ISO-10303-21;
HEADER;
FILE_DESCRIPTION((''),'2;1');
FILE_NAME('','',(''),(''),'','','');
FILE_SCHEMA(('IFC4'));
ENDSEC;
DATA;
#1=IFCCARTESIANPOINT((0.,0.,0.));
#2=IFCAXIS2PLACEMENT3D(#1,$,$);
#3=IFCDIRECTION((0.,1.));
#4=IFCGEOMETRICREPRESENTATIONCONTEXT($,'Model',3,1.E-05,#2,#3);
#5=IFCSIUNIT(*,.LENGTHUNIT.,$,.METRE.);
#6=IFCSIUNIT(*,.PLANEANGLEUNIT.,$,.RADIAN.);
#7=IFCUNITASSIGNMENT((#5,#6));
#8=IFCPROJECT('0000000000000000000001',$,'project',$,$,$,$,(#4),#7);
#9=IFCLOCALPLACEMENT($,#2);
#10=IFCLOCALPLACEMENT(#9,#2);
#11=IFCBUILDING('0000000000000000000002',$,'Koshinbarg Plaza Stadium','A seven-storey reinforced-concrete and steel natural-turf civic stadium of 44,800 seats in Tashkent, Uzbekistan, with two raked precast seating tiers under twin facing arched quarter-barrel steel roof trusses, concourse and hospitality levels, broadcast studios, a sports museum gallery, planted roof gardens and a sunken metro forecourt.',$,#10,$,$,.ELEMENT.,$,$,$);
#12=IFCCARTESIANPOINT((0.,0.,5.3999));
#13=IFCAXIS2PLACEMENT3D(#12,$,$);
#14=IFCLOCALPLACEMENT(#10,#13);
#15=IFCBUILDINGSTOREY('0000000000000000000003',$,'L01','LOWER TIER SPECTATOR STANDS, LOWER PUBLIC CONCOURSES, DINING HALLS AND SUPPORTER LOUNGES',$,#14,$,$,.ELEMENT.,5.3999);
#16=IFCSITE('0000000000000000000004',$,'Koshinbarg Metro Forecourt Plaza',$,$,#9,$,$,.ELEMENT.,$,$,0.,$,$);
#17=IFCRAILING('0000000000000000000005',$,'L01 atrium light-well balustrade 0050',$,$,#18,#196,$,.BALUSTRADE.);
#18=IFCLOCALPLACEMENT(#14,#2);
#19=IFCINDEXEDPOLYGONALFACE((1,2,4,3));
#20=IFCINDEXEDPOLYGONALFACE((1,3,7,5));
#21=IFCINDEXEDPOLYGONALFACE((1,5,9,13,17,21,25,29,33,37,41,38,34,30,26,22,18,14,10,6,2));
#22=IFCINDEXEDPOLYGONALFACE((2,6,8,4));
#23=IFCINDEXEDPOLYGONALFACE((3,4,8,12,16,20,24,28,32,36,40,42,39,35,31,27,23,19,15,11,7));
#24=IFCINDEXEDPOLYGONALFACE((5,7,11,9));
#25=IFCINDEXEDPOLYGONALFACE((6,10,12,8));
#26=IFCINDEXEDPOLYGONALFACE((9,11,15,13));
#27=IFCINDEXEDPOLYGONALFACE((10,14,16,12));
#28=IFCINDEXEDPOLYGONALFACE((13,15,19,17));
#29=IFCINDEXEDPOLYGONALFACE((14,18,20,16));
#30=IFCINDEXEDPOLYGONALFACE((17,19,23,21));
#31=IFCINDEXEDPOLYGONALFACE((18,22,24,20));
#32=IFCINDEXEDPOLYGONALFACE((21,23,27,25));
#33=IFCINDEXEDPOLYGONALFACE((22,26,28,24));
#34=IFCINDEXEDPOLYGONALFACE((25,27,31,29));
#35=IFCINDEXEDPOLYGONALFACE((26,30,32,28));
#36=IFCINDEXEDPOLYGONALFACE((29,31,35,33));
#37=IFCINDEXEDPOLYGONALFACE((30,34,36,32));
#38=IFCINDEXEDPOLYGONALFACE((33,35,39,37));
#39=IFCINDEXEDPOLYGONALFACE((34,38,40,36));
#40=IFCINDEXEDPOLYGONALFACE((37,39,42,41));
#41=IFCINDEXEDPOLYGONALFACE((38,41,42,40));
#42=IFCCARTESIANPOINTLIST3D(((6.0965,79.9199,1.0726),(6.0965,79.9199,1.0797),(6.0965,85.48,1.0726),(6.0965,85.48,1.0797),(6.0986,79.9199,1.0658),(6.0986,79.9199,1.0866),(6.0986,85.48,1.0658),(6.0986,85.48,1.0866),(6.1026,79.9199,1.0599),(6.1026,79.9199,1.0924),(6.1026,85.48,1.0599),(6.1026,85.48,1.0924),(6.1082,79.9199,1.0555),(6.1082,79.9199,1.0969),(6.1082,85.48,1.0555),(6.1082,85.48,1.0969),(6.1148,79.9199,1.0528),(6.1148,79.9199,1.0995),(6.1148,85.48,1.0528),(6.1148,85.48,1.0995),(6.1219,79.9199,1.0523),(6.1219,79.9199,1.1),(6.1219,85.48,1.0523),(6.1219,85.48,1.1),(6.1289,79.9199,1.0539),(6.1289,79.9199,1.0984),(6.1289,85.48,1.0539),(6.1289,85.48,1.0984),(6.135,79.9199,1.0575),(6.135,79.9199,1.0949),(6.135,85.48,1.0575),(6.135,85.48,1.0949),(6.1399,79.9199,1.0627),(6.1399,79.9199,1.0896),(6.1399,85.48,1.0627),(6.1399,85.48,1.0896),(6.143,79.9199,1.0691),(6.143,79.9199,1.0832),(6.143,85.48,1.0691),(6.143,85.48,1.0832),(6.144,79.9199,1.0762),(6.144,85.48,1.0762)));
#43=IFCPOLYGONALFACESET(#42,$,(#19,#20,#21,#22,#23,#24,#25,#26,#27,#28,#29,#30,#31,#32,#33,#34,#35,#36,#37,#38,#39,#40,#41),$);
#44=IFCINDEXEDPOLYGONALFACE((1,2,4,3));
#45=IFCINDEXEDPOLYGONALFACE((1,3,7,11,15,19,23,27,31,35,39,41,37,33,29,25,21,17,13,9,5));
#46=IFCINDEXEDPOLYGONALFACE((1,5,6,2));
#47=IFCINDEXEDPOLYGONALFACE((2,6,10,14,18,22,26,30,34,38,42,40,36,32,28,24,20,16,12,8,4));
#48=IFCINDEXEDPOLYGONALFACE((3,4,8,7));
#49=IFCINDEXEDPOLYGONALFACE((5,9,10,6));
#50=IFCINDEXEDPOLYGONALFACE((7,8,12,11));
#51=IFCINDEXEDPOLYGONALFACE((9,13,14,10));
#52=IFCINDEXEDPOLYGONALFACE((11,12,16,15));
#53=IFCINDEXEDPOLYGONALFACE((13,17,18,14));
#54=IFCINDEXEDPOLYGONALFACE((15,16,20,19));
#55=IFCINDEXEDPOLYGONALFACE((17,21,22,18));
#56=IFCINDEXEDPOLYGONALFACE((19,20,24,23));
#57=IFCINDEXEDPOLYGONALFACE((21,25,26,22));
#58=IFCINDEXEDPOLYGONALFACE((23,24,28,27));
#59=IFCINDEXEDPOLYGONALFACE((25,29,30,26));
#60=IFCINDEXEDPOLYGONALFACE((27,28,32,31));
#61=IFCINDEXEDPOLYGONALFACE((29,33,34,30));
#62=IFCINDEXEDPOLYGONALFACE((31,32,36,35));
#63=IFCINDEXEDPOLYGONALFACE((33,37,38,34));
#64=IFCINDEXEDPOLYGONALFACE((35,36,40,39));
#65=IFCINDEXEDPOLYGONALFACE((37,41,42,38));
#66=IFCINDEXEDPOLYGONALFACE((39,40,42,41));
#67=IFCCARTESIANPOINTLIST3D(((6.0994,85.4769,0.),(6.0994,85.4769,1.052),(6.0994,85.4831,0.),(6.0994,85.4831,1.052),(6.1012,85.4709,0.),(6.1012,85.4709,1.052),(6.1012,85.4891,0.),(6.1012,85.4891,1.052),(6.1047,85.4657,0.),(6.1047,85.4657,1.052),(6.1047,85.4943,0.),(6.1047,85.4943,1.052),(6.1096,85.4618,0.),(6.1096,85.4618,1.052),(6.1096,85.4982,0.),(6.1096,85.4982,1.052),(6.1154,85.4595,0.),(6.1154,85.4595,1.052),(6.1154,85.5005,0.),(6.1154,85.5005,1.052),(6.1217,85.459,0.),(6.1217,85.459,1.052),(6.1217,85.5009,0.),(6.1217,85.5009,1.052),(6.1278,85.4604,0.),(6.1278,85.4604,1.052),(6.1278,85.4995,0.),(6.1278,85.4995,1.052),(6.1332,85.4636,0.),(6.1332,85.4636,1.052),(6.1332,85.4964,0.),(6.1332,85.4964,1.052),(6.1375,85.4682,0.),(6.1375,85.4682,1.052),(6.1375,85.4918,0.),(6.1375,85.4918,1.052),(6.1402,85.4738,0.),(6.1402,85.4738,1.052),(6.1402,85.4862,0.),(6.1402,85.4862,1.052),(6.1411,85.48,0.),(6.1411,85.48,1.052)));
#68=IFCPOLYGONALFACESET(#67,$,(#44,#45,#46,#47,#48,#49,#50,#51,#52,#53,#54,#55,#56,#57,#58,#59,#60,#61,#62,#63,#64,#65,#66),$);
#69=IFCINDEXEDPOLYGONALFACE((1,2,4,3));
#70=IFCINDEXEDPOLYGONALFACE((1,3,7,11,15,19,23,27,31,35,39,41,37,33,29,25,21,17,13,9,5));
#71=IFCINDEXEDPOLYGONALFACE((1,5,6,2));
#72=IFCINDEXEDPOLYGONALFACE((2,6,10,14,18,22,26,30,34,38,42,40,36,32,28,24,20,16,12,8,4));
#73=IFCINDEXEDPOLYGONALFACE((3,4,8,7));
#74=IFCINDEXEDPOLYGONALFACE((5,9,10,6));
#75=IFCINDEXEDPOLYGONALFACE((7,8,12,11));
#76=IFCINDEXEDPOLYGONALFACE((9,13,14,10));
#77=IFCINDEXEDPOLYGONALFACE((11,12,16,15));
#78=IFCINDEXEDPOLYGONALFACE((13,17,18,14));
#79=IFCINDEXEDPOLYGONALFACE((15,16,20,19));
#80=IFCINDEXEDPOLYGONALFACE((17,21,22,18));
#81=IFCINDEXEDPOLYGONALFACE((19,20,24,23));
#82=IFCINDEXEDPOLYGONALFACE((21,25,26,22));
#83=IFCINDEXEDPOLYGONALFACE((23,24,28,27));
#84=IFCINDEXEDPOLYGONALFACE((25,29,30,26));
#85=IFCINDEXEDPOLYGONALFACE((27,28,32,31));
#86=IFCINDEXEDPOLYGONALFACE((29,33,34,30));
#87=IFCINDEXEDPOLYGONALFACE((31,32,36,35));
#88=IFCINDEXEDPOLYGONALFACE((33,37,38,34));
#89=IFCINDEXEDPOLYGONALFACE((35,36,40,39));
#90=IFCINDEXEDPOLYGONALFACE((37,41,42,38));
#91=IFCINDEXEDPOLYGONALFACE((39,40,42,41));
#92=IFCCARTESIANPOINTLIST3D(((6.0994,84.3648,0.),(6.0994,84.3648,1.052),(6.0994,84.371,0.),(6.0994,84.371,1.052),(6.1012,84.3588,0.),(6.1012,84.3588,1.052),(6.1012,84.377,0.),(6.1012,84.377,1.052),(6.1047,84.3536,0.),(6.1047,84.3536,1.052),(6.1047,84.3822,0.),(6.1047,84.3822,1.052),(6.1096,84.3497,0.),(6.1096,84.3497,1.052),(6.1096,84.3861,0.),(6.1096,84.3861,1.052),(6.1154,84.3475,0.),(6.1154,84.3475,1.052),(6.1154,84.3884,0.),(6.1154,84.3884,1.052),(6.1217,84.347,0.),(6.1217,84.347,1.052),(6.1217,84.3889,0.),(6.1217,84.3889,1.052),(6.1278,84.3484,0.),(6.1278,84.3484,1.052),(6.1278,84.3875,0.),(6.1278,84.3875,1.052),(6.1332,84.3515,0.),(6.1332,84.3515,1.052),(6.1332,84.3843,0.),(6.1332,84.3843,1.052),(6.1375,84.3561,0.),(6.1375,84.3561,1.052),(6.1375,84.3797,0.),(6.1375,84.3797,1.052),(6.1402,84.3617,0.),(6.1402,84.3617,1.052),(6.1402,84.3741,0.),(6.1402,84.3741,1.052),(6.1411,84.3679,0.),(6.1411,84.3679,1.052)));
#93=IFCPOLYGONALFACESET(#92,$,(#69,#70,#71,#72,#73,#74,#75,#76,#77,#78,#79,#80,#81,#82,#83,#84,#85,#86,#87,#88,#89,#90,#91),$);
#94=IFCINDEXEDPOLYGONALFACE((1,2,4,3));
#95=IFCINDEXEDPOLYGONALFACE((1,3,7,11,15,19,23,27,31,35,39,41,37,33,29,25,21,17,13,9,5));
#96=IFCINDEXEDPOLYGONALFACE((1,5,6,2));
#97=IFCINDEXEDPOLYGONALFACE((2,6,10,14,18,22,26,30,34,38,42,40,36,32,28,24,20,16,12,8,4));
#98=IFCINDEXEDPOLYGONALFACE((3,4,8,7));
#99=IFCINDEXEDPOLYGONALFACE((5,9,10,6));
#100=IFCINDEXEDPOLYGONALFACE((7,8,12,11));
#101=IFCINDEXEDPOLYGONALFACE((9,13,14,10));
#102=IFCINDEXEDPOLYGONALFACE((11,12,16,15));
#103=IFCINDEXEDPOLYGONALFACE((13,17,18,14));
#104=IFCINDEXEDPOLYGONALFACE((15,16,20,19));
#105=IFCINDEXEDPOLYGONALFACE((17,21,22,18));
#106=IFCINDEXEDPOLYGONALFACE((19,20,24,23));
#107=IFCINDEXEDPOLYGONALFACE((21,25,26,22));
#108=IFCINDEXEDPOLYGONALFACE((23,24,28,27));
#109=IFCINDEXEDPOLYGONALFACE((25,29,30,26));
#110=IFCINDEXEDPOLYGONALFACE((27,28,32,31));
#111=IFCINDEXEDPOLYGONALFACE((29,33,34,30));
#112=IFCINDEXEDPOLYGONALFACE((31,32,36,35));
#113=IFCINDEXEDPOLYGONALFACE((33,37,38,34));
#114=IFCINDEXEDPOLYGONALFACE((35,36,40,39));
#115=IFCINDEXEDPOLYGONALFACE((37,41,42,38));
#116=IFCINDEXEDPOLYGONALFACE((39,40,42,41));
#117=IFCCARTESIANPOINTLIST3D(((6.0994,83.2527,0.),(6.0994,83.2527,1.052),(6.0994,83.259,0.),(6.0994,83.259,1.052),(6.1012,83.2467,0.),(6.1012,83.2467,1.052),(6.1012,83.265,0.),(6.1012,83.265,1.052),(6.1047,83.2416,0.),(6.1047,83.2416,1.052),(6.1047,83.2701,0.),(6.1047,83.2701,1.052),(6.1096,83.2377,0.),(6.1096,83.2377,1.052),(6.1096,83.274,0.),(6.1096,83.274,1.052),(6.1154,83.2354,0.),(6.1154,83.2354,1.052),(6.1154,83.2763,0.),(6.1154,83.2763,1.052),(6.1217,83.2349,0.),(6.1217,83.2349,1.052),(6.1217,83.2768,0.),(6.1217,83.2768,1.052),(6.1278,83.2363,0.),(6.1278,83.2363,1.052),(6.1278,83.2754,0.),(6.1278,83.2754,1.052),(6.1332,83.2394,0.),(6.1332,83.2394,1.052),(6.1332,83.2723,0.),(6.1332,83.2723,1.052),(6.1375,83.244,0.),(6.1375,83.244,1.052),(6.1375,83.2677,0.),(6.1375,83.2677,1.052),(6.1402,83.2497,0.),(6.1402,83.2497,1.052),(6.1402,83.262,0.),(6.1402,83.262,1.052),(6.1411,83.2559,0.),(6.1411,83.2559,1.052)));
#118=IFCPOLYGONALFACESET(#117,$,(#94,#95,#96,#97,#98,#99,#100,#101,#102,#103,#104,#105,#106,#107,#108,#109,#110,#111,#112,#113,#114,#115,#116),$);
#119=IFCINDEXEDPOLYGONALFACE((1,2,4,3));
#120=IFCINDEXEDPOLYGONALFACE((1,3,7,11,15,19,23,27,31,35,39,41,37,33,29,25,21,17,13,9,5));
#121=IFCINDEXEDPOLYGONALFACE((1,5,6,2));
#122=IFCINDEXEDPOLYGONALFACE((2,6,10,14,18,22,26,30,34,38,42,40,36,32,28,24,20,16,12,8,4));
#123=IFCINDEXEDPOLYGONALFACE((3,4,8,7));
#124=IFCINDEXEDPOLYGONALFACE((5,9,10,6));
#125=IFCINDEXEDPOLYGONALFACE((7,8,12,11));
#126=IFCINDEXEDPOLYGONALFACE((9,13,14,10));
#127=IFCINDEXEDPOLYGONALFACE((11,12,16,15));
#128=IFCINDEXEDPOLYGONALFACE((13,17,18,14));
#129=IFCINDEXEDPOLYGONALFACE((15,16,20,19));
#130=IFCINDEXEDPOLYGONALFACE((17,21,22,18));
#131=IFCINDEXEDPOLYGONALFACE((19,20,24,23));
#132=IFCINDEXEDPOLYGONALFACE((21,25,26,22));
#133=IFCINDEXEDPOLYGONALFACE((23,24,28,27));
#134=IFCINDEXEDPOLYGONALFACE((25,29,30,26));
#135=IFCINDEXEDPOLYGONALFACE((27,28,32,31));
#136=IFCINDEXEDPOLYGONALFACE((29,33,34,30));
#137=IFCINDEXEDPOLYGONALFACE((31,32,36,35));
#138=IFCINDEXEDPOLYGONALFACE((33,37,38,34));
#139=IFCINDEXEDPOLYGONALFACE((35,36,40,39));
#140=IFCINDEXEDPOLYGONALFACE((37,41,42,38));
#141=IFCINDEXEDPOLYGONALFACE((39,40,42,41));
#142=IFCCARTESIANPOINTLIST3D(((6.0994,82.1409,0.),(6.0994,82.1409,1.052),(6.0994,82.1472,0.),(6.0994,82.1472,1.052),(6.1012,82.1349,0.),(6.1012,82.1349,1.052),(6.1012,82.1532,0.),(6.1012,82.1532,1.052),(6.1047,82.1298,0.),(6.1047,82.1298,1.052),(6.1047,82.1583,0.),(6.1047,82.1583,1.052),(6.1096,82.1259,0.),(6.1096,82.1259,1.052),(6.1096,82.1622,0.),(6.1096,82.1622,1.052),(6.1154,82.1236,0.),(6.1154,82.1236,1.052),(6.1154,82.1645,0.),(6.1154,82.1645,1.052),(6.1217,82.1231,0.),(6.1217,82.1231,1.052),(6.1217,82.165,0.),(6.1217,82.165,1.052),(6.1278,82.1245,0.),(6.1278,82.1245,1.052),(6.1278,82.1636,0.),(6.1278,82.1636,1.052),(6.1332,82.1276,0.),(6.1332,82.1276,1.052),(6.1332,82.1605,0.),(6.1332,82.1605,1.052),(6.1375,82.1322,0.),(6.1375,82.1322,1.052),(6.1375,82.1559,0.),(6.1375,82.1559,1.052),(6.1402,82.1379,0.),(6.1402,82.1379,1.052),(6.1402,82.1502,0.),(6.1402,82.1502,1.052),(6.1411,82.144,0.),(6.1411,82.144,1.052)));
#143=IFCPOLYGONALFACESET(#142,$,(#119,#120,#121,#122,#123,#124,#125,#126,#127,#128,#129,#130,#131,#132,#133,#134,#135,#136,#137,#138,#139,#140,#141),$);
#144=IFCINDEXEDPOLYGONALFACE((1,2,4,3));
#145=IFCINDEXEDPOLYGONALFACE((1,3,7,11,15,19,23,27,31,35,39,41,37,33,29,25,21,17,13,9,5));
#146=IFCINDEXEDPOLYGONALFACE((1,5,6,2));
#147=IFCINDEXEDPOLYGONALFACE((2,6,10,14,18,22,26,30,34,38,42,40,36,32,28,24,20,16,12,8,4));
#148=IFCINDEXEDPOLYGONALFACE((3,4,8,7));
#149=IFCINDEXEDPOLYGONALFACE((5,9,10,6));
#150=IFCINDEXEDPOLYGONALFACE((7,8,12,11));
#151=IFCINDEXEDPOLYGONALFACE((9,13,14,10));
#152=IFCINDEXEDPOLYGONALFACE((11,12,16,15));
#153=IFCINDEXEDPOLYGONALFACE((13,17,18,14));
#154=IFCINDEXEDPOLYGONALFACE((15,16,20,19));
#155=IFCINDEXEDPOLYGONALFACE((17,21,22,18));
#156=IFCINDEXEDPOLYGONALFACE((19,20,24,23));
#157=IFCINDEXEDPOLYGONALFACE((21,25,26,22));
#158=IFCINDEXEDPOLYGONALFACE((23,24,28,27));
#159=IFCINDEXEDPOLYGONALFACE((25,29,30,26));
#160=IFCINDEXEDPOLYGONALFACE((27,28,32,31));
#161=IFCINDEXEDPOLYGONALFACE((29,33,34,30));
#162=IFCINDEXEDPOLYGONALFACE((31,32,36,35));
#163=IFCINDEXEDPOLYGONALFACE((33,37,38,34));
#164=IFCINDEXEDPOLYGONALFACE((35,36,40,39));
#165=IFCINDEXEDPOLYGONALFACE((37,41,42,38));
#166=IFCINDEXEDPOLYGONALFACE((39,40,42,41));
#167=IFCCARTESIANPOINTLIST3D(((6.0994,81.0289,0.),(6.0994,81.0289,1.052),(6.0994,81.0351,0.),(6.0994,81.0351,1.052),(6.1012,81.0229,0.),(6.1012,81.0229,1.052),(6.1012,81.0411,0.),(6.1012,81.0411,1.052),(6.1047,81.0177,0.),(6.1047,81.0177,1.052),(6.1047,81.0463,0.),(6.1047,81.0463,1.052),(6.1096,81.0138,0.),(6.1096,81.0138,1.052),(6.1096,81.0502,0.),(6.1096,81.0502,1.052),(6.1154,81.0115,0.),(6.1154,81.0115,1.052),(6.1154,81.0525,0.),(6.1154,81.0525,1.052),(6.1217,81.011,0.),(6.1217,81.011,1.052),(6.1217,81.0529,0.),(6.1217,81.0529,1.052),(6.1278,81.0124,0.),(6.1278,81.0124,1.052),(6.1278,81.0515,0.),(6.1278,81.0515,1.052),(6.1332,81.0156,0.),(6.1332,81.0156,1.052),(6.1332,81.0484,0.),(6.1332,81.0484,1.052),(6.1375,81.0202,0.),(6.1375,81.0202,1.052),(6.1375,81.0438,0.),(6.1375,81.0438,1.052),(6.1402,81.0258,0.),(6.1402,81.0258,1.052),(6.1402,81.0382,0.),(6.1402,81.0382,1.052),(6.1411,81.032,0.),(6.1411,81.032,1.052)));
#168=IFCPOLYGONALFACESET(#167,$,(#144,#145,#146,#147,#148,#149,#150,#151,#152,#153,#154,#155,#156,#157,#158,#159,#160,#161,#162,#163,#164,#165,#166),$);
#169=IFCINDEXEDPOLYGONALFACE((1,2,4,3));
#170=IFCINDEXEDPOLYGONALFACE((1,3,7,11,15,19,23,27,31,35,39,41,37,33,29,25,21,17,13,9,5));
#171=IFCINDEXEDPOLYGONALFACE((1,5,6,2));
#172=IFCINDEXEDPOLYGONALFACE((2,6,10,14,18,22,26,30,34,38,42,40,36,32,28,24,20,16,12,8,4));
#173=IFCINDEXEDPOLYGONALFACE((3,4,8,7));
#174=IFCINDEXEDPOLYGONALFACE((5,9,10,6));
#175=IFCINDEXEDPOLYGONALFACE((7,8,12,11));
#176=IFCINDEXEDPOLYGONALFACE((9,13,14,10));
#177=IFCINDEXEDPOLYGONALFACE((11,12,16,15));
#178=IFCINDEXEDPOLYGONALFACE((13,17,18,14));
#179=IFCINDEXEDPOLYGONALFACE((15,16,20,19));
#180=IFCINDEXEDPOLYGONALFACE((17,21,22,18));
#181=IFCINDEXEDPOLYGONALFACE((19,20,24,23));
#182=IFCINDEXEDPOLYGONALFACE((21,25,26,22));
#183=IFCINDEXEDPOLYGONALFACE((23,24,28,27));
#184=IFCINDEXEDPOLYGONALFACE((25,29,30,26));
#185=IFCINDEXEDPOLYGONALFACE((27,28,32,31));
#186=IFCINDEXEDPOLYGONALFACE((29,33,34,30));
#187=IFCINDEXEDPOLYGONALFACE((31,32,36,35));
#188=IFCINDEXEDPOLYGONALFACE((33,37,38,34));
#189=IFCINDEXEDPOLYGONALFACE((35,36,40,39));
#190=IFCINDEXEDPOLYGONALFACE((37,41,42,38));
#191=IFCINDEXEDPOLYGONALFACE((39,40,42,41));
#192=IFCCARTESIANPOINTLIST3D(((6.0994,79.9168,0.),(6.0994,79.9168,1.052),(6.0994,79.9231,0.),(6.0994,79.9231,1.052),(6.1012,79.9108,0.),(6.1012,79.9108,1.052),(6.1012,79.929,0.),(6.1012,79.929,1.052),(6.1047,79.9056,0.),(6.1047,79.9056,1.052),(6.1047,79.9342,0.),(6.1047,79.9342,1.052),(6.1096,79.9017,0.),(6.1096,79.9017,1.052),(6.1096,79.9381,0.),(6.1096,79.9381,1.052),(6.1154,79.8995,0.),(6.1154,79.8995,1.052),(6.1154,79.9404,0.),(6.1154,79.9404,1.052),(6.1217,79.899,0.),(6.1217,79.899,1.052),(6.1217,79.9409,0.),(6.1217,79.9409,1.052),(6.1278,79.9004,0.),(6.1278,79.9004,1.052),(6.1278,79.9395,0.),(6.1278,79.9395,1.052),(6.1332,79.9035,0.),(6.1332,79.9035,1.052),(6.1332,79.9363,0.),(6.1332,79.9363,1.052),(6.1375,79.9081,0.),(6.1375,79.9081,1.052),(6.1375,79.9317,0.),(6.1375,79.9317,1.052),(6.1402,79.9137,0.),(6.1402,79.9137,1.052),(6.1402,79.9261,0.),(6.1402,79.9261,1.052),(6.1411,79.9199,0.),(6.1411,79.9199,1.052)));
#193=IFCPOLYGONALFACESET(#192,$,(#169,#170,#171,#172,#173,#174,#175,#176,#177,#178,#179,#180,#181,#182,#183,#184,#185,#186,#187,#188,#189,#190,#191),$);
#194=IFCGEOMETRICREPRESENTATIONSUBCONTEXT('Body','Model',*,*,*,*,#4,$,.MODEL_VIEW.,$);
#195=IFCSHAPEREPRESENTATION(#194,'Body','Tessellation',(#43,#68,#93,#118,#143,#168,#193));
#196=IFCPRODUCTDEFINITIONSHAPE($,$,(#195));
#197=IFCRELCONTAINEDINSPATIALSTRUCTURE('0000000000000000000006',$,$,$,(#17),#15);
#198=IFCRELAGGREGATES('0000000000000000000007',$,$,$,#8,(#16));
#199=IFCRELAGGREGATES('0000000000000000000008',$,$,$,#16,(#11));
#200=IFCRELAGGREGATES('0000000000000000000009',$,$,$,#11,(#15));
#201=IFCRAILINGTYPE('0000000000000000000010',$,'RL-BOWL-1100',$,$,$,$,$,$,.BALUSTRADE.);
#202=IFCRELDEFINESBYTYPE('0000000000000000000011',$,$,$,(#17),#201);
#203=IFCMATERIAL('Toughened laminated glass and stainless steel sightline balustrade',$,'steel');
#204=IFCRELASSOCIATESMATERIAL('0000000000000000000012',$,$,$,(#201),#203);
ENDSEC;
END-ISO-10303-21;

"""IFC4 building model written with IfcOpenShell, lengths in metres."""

from ifc_helpers import new_model, si_unit, direction, frame, origin, origin_2d, place, context, subcontext, project, spatial, circle, extrude, material, type_object, element, save


model = new_model("IFC4")

# Units and contexts
model_context = context("Model", 3, precision=1e-05, world=origin(), true_north=direction((0.0, 1.0)))
body_context = subcontext(model_context, "Body", "Model", "MODEL_VIEW")
ifc_project = project(units=[si_unit("LENGTHUNIT", "METRE"), si_unit("PLANEANGLEUNIT", "RADIAN")], contexts=[model_context])

# Site, building, storey
site_placement = place(None, origin())
site = spatial("IfcSite", under=ifc_project, at=site_placement, Name="Koshinbarg Metro Forecourt Plaza", CompositionType="ELEMENT", RefElevation=0.0)
building_placement = place(site_placement, origin())
building = spatial("IfcBuilding", under=site, at=building_placement, Name="Koshinbarg Plaza Stadium", Description="A seven-storey reinforced-concrete and steel natural-turf civic stadium of 44,800 seats in Tashkent, Uzbekistan, with two raked precast seating tiers under twin facing arched quarter-barrel steel roof trusses, concourse and hospitality levels, broadcast studios, a sports museum gallery, planted roof gardens and a sunken metro forecourt.", CompositionType="ELEMENT")
storey_placement = place(building_placement, frame((0.0, 0.0, 5.3999)))
storey = spatial("IfcBuildingStorey", under=building, at=storey_placement, Name="L01", Description="LOWER TIER SPECTATOR STANDS, LOWER PUBLIC CONCOURSES, DINING HALLS AND SUPPORTER LOUNGES", CompositionType="ELEMENT", Elevation=5.3999)

# Railing
ifc_material_1 = material(Name="Toughened laminated glass and stainless steel sightline balustrade", Category="steel")
railing_type = type_object("IfcRailingType", Name="RL-BOWL-1100", PredefinedType="BALUSTRADE", material=ifc_material_1)
railing_1_placement = place(storey_placement, frame((6.1201, 85.48, 0.0)))
element("IfcRailing", 1, at=railing_1_placement, inside=storey, type_object=railing_type, Name="L01 atrium light-well balustrade 0050", PredefinedType="BALUSTRADE", context=body_context, shape_type="SweptSolid", body=[
    extrude(circle(Radius=0.0239, at=origin_2d()), frame((0.0, 0.0, 1.0762), z_axis=(0.0, -1.0, 0.0), x_axis=(1.0, 0.0, 0.0)), (0.0, 0.0, 1.0), 5.5601),
    extrude(circle(Radius=0.021, at=origin_2d()), origin(), (0.0, 0.0, 1.0), 1.052),
    extrude(circle(Radius=0.021, at=origin_2d()), frame((0.0, -1.1121, 0.0)), (0.0, 0.0, 1.0), 1.052),
    extrude(circle(Radius=0.021, at=origin_2d()), frame((0.0, -2.2241, 0.0)), (0.0, 0.0, 1.0), 1.052),
    extrude(circle(Radius=0.021, at=origin_2d()), frame((0.0, -3.3359, 0.0)), (0.0, 0.0, 1.0), 1.052),
    extrude(circle(Radius=0.021, at=origin_2d()), frame((0.0, -4.448, 0.0)), (0.0, 0.0, 1.0), 1.052),
    extrude(circle(Radius=0.021, at=origin_2d()), frame((0.0, -5.5601, 0.0)), (0.0, 0.0, 1.0), 1.052),
])

save(model, "model.ifc")
